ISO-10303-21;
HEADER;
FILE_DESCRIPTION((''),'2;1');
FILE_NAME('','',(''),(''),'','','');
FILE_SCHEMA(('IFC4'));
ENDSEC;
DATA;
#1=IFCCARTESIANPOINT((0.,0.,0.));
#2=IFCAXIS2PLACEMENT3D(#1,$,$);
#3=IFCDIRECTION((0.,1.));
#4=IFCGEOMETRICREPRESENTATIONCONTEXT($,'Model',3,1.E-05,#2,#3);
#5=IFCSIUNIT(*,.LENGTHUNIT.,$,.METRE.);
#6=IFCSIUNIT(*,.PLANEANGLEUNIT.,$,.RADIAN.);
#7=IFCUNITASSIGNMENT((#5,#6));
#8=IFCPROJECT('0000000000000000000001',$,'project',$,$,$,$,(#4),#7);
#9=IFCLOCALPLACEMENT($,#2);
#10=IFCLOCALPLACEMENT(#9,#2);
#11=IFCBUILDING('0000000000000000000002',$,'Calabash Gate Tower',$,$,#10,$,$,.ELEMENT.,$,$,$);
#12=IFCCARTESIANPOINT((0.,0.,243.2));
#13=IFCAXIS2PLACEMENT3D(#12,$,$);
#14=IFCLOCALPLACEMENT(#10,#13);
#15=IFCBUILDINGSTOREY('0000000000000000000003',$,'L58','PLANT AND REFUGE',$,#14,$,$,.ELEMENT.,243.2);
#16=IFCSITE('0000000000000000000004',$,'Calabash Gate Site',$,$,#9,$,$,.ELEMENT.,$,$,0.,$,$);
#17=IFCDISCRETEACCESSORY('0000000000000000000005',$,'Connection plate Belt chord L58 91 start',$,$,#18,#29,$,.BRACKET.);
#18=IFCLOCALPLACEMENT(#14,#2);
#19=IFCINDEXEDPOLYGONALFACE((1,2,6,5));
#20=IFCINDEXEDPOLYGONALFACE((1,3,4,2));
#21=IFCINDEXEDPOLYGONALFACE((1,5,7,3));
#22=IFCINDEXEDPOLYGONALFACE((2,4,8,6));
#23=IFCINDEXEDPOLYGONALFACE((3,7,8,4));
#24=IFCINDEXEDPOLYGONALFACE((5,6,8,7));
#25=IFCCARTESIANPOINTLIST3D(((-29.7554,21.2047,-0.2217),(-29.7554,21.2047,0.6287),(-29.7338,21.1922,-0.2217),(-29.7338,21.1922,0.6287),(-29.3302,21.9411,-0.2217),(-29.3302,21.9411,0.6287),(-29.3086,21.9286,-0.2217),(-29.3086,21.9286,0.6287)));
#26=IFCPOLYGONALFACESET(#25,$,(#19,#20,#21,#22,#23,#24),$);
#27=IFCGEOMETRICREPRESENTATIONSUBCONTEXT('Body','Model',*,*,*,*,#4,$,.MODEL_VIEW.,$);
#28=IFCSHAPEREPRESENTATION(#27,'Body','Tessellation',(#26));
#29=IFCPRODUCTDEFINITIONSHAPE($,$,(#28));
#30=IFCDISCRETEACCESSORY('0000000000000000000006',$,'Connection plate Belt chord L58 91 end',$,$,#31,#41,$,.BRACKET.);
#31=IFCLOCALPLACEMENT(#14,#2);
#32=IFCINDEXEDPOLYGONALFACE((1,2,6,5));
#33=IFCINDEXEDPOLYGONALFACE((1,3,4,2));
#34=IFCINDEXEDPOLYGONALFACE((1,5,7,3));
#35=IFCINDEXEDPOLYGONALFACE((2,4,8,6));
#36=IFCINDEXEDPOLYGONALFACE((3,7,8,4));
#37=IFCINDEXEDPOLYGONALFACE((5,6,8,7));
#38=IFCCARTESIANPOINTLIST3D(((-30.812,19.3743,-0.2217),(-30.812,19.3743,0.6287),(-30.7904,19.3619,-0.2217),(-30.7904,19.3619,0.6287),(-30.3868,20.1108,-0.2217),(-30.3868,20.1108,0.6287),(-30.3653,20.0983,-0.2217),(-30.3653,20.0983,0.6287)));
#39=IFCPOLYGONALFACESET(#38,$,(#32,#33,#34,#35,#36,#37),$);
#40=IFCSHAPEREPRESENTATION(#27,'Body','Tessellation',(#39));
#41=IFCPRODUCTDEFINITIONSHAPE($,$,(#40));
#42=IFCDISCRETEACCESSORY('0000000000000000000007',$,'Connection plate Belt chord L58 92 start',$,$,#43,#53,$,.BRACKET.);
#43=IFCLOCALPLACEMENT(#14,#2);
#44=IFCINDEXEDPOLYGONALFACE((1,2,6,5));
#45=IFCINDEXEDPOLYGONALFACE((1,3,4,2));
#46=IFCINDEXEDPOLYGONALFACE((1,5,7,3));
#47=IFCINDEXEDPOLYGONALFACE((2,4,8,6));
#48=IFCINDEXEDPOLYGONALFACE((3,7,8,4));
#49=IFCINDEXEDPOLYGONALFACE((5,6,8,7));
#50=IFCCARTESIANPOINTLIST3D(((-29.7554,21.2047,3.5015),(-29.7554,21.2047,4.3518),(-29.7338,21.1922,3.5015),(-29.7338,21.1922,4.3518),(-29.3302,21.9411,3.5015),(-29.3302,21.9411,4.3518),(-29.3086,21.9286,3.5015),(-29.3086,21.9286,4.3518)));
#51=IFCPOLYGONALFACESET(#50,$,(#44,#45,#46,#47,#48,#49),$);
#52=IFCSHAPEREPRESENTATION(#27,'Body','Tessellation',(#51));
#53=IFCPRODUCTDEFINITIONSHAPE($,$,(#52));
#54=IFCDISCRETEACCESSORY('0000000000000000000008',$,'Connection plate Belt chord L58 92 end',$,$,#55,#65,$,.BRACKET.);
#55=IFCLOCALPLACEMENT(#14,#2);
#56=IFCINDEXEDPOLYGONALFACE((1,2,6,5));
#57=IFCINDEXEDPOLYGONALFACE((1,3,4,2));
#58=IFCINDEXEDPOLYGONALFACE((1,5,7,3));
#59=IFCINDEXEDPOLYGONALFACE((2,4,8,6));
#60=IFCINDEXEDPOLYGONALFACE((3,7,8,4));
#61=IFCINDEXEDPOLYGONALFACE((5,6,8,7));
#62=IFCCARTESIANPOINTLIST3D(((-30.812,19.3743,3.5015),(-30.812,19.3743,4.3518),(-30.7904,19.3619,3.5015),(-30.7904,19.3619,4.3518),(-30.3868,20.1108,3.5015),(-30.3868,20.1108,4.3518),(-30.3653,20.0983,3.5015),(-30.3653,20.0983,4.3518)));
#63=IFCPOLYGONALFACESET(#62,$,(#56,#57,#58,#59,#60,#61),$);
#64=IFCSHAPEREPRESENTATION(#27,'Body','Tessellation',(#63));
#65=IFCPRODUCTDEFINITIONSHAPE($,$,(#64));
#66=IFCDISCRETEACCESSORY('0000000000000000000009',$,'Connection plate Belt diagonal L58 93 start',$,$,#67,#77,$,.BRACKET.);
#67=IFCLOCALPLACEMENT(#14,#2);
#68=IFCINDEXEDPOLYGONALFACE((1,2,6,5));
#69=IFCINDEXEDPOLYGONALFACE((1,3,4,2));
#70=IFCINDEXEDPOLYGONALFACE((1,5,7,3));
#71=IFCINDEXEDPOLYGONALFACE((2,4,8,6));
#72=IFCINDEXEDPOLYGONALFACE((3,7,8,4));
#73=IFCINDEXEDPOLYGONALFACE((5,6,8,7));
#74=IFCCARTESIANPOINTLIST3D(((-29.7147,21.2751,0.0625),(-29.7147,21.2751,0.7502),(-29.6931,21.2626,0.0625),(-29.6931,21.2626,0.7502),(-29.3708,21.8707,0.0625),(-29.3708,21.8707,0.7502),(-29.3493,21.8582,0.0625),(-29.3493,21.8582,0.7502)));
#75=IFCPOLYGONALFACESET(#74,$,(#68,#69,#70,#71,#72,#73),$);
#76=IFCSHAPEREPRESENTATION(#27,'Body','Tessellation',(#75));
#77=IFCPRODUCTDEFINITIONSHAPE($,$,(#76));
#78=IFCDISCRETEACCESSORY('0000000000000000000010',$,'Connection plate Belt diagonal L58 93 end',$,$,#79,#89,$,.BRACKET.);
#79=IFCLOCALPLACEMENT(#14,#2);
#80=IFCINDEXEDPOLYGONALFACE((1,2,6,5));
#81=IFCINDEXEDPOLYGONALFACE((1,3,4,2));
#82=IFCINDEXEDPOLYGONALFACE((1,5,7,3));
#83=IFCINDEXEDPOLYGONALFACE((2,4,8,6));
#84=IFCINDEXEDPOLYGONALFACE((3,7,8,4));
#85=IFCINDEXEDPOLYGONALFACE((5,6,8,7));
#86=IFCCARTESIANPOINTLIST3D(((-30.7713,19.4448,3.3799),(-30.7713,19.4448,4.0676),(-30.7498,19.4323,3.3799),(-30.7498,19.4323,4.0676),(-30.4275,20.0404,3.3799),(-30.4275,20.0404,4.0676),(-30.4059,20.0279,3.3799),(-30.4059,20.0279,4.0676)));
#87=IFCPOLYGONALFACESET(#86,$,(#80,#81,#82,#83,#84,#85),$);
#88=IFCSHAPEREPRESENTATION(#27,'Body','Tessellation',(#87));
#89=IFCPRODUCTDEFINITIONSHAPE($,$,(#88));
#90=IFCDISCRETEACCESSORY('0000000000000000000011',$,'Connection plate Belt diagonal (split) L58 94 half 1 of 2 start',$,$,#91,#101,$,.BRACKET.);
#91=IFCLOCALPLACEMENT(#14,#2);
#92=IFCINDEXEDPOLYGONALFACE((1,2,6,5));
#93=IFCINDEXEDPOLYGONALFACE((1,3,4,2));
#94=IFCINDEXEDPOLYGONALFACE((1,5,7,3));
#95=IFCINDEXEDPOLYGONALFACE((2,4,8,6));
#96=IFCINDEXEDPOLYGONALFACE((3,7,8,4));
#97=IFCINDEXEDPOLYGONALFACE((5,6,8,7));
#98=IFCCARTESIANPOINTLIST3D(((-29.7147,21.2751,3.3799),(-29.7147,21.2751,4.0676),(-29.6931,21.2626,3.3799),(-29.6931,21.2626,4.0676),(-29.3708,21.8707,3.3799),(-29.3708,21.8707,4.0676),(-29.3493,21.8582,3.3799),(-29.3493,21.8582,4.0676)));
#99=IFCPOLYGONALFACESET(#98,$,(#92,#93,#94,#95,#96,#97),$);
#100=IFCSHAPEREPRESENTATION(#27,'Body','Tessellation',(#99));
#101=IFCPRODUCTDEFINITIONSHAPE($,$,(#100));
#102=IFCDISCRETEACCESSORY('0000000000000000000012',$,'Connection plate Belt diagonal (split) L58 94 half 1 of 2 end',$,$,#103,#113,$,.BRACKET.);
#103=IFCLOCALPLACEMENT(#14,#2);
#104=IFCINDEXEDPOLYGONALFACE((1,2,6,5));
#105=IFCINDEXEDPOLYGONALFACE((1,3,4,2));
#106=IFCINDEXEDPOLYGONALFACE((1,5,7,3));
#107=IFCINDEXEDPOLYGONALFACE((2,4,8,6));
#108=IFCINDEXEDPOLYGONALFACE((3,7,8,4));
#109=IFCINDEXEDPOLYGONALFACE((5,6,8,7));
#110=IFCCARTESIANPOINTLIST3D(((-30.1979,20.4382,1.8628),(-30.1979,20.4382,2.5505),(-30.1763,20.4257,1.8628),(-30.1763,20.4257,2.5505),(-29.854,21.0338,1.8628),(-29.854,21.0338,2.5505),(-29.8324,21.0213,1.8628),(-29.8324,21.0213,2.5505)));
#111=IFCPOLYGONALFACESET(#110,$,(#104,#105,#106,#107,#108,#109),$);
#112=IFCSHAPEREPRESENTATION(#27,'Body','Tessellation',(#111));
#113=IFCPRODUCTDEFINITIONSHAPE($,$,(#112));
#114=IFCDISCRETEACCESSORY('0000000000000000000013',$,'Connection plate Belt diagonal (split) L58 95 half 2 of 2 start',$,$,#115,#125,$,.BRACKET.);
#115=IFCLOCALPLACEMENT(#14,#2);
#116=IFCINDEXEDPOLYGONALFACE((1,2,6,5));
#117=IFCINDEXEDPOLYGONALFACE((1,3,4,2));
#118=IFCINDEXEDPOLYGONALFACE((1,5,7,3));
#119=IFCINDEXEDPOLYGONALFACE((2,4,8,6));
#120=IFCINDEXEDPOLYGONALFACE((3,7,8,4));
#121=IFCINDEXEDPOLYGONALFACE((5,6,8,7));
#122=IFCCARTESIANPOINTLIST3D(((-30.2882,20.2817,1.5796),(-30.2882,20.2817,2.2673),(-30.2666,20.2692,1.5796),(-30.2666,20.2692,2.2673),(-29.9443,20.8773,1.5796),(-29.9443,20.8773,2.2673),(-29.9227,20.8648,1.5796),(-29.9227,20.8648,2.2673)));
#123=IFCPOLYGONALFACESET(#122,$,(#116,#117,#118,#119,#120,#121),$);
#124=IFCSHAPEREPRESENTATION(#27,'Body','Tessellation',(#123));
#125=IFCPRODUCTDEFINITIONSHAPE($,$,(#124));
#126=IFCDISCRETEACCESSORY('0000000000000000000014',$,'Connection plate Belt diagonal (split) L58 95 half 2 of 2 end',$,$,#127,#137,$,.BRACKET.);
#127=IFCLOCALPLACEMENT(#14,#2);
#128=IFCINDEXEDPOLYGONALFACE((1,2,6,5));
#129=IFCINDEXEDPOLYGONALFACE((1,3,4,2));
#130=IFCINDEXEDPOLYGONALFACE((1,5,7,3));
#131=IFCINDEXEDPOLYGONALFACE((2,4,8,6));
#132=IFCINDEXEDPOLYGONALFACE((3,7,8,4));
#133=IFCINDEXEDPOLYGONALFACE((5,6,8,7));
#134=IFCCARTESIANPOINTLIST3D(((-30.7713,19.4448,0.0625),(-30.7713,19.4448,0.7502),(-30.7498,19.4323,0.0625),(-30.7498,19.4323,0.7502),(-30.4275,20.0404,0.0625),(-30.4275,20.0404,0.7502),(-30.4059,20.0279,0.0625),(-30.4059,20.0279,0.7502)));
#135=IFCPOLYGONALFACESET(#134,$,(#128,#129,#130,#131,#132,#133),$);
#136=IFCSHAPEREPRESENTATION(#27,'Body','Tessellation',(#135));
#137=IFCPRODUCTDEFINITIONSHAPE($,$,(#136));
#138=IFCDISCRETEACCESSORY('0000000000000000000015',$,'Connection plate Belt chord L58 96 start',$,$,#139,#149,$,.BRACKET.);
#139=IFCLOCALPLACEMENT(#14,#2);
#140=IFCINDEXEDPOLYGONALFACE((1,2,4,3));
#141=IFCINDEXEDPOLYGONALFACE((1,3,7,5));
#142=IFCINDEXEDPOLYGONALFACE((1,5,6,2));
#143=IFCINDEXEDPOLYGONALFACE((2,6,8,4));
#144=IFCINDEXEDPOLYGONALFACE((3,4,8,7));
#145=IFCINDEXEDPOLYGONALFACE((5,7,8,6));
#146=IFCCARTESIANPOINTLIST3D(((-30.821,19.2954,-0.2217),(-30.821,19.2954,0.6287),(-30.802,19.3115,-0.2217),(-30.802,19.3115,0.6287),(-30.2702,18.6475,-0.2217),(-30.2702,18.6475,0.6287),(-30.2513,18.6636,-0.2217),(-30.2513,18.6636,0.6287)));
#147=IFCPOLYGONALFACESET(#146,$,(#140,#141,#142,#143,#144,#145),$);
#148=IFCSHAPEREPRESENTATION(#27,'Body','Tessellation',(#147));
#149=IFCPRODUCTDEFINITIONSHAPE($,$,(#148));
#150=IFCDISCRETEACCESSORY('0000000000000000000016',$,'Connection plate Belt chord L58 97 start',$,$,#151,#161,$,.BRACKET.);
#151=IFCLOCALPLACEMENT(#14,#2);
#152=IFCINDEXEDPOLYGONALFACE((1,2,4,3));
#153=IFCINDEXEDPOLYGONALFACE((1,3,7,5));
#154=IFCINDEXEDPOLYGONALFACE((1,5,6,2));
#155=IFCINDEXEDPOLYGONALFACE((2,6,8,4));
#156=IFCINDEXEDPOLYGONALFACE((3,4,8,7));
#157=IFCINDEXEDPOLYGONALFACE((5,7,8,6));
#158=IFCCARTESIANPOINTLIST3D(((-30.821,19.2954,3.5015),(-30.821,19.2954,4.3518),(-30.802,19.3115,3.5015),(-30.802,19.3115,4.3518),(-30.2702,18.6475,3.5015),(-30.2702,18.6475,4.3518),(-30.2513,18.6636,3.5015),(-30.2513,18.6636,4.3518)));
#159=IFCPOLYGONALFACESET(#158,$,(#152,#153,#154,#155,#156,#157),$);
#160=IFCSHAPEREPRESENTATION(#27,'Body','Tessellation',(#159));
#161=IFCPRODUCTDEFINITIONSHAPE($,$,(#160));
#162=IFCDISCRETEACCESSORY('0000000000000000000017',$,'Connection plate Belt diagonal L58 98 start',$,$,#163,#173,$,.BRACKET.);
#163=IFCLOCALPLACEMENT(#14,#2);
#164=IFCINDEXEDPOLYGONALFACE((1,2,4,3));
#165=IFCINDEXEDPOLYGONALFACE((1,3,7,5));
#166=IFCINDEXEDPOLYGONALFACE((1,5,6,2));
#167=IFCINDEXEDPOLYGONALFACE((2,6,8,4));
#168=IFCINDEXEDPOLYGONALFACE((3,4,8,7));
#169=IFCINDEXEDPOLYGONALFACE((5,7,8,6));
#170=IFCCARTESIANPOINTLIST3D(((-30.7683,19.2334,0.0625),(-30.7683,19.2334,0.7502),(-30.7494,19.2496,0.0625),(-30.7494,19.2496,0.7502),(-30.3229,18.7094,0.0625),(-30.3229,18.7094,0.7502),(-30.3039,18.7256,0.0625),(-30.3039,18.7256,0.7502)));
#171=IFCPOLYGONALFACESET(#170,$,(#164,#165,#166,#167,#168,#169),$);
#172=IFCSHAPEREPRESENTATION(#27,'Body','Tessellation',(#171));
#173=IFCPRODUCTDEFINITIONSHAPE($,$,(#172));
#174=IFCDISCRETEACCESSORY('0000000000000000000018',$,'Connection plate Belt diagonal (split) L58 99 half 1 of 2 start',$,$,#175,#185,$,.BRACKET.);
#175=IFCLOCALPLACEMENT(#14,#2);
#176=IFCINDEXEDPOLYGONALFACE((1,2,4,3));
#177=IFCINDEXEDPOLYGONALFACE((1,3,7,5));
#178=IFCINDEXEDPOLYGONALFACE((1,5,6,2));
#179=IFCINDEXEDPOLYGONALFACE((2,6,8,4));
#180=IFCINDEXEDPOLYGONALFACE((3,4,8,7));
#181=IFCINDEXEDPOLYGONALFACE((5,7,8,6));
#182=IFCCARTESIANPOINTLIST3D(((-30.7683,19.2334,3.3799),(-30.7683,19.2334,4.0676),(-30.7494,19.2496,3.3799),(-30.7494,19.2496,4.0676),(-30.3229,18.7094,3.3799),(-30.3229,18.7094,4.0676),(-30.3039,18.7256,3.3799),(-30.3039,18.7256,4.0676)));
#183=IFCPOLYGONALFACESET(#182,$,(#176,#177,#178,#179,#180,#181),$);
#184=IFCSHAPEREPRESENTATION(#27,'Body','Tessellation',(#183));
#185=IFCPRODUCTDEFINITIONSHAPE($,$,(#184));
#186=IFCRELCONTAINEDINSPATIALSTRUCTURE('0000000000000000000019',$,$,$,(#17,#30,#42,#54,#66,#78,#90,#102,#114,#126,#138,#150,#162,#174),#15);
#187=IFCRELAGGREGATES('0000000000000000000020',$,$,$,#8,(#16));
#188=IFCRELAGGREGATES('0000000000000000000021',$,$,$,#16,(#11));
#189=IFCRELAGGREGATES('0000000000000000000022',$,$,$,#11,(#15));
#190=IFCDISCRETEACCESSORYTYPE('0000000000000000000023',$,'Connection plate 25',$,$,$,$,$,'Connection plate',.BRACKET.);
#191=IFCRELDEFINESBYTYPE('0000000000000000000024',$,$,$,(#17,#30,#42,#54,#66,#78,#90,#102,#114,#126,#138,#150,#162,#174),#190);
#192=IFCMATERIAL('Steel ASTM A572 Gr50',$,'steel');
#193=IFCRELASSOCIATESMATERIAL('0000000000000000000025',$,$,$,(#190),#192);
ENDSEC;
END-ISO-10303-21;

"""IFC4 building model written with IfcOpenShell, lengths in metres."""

from ifc_helpers import new_model, si_unit, direction, frame, origin, origin_2d, place, context, subcontext, project, spatial, rectangle, extrude, material, type_object, element, save


model = new_model("IFC4")

# Units and contexts
model_context = context("Model", 3, precision=1e-05, world=origin(), true_north=direction((0.0, 1.0)))
body_context = subcontext(model_context, "Body", "Model", "MODEL_VIEW")
ifc_project = project(units=[si_unit("LENGTHUNIT", "METRE"), si_unit("PLANEANGLEUNIT", "RADIAN")], contexts=[model_context])

# Site, building, storey
site_placement = place(None, origin())
site = spatial("IfcSite", under=ifc_project, at=site_placement, Name="Calabash Gate Site", CompositionType="ELEMENT", RefElevation=0.0)
building_placement = place(site_placement, origin())
building = spatial("IfcBuilding", under=site, at=building_placement, Name="Calabash Gate Tower", CompositionType="ELEMENT")
storey_placement = place(building_placement, frame((0.0, 0.0, 243.2)))
storey = spatial("IfcBuildingStorey", under=building, at=storey_placement, Name="L58", Description="PLANT AND REFUGE", CompositionType="ELEMENT", Elevation=243.2)

# Discrete accessories
ifc_material_1 = material(Name="Steel ASTM A572 Gr50", Category="steel")
discrete_accessory_type = type_object("IfcDiscreteAccessoryType", Name="Connection plate 25", ElementType="Connection plate", PredefinedType="BRACKET", material=ifc_material_1)
for number, where, z_axis, x_axis, name in (
    (1, (-29.532, 21.5667, -0.2217), (0.0, 0.0, 1.0), (-0.5, -0.866025, 0.0), "Connection plate Belt chord L58 91 start"),
    (2, (-30.5886, 19.7363, -0.2217), (0.0, 0.0, 1.0), (-0.5, -0.866025, 0.0), "Connection plate Belt chord L58 91 end"),
    (3, (-29.532, 21.5667, 3.5015), (0.0, 0.0, 1.0), (-0.5, -0.866025, 0.0), "Connection plate Belt chord L58 92 start"),
    (4, (-30.5886, 19.7363, 3.5015), (0.0, 0.0, 1.0), (-0.5, -0.866025, 0.0), "Connection plate Belt chord L58 92 end"),
):
    element("IfcDiscreteAccessory", number, at=place(storey_placement, frame(where, z_axis=z_axis, x_axis=x_axis)), inside=storey, type_object=discrete_accessory_type, Name=name, PredefinedType="BRACKET", context=body_context, shape_type="SweptSolid", body=[
        extrude(rectangle(XDim=0.8503, YDim=0.0249, at=origin_2d()), origin(), (0.0, 0.0, 1.0), 0.8503),
    ])
for number, where, z_axis, x_axis, name in (
    (5, (-29.532, 21.5667, 0.0625), (0.0, 0.0, 1.0), (-0.5, -0.866025, 0.0), "Connection plate Belt diagonal L58 93 start"),
    (6, (-30.5886, 19.7363, 3.3799), (0.0, 0.0, 1.0), (-0.5, -0.866025, 0.0), "Connection plate Belt diagonal L58 93 end"),
    (7, (-29.532, 21.5667, 3.3799), (0.0, 0.0, 1.0), (-0.5, -0.866025, 0.0), "Connection plate Belt diagonal (split) L58 94 half 1 of 2 start"),
    (8, (-30.0151, 20.7297, 1.8628), (0.0, 0.0, 1.0), (-0.5, -0.866025, 0.0), "Connection plate Belt diagonal (split) L58 94 half 1 of 2 end"),
    (9, (-30.1055, 20.5732, 1.5796), (0.0, 0.0, 1.0), (-0.5, -0.866025, 0.0), "Connection plate Belt diagonal (split) L58 95 half 2 of 2 start"),
    (10, (-30.5886, 19.7363, 0.0625), (0.0, 0.0, 1.0), (-0.5, -0.866025, 0.0), "Connection plate Belt diagonal (split) L58 95 half 2 of 2 end"),
):
    element("IfcDiscreteAccessory", number, at=place(storey_placement, frame(where, z_axis=z_axis, x_axis=x_axis)), inside=storey, type_object=discrete_accessory_type, Name=name, PredefinedType="BRACKET", context=body_context, shape_type="SweptSolid", body=[
        extrude(rectangle(XDim=0.6877, YDim=0.0249, at=origin_2d()), origin(), (0.0, 0.0, 1.0), 0.6877),
    ])
for number, where, z_axis, x_axis, name in (
    (11, (-30.5361, 18.9795, -0.2217), (0.0, 0.0, 1.0), (0.647704, -0.761892, 0.0), "Connection plate Belt chord L58 96 start"),
    (12, (-30.5361, 18.9795, 3.5015), (0.0, 0.0, 1.0), (0.647688, -0.761906, 0.0), "Connection plate Belt chord L58 97 start"),
):
    element("IfcDiscreteAccessory", number, at=place(storey_placement, frame(where, z_axis=z_axis, x_axis=x_axis)), inside=storey, type_object=discrete_accessory_type, Name=name, PredefinedType="BRACKET", context=body_context, shape_type="SweptSolid", body=[
        extrude(rectangle(XDim=0.8503, YDim=0.0249, at=origin_2d()), origin(), (0.0, 0.0, 1.0), 0.8503),
    ])
for number, where, z_axis, x_axis, name in (
    (13, (-30.5361, 18.9795, 0.0625), (0.0, 0.0, 1.0), (0.647704, -0.761892, 0.0), "Connection plate Belt diagonal L58 98 start"),
    (14, (-30.5361, 18.9795, 3.3799), (0.0, 0.0, 1.0), (0.647704, -0.761892, 0.0), "Connection plate Belt diagonal (split) L58 99 half 1 of 2 start"),
):
    element("IfcDiscreteAccessory", number, at=place(storey_placement, frame(where, z_axis=z_axis, x_axis=x_axis)), inside=storey, type_object=discrete_accessory_type, Name=name, PredefinedType="BRACKET", context=body_context, shape_type="SweptSolid", body=[
        extrude(rectangle(XDim=0.6877, YDim=0.0249, at=origin_2d()), origin(), (0.0, 0.0, 1.0), 0.6877),
    ])

save(model, "model.ifc")
